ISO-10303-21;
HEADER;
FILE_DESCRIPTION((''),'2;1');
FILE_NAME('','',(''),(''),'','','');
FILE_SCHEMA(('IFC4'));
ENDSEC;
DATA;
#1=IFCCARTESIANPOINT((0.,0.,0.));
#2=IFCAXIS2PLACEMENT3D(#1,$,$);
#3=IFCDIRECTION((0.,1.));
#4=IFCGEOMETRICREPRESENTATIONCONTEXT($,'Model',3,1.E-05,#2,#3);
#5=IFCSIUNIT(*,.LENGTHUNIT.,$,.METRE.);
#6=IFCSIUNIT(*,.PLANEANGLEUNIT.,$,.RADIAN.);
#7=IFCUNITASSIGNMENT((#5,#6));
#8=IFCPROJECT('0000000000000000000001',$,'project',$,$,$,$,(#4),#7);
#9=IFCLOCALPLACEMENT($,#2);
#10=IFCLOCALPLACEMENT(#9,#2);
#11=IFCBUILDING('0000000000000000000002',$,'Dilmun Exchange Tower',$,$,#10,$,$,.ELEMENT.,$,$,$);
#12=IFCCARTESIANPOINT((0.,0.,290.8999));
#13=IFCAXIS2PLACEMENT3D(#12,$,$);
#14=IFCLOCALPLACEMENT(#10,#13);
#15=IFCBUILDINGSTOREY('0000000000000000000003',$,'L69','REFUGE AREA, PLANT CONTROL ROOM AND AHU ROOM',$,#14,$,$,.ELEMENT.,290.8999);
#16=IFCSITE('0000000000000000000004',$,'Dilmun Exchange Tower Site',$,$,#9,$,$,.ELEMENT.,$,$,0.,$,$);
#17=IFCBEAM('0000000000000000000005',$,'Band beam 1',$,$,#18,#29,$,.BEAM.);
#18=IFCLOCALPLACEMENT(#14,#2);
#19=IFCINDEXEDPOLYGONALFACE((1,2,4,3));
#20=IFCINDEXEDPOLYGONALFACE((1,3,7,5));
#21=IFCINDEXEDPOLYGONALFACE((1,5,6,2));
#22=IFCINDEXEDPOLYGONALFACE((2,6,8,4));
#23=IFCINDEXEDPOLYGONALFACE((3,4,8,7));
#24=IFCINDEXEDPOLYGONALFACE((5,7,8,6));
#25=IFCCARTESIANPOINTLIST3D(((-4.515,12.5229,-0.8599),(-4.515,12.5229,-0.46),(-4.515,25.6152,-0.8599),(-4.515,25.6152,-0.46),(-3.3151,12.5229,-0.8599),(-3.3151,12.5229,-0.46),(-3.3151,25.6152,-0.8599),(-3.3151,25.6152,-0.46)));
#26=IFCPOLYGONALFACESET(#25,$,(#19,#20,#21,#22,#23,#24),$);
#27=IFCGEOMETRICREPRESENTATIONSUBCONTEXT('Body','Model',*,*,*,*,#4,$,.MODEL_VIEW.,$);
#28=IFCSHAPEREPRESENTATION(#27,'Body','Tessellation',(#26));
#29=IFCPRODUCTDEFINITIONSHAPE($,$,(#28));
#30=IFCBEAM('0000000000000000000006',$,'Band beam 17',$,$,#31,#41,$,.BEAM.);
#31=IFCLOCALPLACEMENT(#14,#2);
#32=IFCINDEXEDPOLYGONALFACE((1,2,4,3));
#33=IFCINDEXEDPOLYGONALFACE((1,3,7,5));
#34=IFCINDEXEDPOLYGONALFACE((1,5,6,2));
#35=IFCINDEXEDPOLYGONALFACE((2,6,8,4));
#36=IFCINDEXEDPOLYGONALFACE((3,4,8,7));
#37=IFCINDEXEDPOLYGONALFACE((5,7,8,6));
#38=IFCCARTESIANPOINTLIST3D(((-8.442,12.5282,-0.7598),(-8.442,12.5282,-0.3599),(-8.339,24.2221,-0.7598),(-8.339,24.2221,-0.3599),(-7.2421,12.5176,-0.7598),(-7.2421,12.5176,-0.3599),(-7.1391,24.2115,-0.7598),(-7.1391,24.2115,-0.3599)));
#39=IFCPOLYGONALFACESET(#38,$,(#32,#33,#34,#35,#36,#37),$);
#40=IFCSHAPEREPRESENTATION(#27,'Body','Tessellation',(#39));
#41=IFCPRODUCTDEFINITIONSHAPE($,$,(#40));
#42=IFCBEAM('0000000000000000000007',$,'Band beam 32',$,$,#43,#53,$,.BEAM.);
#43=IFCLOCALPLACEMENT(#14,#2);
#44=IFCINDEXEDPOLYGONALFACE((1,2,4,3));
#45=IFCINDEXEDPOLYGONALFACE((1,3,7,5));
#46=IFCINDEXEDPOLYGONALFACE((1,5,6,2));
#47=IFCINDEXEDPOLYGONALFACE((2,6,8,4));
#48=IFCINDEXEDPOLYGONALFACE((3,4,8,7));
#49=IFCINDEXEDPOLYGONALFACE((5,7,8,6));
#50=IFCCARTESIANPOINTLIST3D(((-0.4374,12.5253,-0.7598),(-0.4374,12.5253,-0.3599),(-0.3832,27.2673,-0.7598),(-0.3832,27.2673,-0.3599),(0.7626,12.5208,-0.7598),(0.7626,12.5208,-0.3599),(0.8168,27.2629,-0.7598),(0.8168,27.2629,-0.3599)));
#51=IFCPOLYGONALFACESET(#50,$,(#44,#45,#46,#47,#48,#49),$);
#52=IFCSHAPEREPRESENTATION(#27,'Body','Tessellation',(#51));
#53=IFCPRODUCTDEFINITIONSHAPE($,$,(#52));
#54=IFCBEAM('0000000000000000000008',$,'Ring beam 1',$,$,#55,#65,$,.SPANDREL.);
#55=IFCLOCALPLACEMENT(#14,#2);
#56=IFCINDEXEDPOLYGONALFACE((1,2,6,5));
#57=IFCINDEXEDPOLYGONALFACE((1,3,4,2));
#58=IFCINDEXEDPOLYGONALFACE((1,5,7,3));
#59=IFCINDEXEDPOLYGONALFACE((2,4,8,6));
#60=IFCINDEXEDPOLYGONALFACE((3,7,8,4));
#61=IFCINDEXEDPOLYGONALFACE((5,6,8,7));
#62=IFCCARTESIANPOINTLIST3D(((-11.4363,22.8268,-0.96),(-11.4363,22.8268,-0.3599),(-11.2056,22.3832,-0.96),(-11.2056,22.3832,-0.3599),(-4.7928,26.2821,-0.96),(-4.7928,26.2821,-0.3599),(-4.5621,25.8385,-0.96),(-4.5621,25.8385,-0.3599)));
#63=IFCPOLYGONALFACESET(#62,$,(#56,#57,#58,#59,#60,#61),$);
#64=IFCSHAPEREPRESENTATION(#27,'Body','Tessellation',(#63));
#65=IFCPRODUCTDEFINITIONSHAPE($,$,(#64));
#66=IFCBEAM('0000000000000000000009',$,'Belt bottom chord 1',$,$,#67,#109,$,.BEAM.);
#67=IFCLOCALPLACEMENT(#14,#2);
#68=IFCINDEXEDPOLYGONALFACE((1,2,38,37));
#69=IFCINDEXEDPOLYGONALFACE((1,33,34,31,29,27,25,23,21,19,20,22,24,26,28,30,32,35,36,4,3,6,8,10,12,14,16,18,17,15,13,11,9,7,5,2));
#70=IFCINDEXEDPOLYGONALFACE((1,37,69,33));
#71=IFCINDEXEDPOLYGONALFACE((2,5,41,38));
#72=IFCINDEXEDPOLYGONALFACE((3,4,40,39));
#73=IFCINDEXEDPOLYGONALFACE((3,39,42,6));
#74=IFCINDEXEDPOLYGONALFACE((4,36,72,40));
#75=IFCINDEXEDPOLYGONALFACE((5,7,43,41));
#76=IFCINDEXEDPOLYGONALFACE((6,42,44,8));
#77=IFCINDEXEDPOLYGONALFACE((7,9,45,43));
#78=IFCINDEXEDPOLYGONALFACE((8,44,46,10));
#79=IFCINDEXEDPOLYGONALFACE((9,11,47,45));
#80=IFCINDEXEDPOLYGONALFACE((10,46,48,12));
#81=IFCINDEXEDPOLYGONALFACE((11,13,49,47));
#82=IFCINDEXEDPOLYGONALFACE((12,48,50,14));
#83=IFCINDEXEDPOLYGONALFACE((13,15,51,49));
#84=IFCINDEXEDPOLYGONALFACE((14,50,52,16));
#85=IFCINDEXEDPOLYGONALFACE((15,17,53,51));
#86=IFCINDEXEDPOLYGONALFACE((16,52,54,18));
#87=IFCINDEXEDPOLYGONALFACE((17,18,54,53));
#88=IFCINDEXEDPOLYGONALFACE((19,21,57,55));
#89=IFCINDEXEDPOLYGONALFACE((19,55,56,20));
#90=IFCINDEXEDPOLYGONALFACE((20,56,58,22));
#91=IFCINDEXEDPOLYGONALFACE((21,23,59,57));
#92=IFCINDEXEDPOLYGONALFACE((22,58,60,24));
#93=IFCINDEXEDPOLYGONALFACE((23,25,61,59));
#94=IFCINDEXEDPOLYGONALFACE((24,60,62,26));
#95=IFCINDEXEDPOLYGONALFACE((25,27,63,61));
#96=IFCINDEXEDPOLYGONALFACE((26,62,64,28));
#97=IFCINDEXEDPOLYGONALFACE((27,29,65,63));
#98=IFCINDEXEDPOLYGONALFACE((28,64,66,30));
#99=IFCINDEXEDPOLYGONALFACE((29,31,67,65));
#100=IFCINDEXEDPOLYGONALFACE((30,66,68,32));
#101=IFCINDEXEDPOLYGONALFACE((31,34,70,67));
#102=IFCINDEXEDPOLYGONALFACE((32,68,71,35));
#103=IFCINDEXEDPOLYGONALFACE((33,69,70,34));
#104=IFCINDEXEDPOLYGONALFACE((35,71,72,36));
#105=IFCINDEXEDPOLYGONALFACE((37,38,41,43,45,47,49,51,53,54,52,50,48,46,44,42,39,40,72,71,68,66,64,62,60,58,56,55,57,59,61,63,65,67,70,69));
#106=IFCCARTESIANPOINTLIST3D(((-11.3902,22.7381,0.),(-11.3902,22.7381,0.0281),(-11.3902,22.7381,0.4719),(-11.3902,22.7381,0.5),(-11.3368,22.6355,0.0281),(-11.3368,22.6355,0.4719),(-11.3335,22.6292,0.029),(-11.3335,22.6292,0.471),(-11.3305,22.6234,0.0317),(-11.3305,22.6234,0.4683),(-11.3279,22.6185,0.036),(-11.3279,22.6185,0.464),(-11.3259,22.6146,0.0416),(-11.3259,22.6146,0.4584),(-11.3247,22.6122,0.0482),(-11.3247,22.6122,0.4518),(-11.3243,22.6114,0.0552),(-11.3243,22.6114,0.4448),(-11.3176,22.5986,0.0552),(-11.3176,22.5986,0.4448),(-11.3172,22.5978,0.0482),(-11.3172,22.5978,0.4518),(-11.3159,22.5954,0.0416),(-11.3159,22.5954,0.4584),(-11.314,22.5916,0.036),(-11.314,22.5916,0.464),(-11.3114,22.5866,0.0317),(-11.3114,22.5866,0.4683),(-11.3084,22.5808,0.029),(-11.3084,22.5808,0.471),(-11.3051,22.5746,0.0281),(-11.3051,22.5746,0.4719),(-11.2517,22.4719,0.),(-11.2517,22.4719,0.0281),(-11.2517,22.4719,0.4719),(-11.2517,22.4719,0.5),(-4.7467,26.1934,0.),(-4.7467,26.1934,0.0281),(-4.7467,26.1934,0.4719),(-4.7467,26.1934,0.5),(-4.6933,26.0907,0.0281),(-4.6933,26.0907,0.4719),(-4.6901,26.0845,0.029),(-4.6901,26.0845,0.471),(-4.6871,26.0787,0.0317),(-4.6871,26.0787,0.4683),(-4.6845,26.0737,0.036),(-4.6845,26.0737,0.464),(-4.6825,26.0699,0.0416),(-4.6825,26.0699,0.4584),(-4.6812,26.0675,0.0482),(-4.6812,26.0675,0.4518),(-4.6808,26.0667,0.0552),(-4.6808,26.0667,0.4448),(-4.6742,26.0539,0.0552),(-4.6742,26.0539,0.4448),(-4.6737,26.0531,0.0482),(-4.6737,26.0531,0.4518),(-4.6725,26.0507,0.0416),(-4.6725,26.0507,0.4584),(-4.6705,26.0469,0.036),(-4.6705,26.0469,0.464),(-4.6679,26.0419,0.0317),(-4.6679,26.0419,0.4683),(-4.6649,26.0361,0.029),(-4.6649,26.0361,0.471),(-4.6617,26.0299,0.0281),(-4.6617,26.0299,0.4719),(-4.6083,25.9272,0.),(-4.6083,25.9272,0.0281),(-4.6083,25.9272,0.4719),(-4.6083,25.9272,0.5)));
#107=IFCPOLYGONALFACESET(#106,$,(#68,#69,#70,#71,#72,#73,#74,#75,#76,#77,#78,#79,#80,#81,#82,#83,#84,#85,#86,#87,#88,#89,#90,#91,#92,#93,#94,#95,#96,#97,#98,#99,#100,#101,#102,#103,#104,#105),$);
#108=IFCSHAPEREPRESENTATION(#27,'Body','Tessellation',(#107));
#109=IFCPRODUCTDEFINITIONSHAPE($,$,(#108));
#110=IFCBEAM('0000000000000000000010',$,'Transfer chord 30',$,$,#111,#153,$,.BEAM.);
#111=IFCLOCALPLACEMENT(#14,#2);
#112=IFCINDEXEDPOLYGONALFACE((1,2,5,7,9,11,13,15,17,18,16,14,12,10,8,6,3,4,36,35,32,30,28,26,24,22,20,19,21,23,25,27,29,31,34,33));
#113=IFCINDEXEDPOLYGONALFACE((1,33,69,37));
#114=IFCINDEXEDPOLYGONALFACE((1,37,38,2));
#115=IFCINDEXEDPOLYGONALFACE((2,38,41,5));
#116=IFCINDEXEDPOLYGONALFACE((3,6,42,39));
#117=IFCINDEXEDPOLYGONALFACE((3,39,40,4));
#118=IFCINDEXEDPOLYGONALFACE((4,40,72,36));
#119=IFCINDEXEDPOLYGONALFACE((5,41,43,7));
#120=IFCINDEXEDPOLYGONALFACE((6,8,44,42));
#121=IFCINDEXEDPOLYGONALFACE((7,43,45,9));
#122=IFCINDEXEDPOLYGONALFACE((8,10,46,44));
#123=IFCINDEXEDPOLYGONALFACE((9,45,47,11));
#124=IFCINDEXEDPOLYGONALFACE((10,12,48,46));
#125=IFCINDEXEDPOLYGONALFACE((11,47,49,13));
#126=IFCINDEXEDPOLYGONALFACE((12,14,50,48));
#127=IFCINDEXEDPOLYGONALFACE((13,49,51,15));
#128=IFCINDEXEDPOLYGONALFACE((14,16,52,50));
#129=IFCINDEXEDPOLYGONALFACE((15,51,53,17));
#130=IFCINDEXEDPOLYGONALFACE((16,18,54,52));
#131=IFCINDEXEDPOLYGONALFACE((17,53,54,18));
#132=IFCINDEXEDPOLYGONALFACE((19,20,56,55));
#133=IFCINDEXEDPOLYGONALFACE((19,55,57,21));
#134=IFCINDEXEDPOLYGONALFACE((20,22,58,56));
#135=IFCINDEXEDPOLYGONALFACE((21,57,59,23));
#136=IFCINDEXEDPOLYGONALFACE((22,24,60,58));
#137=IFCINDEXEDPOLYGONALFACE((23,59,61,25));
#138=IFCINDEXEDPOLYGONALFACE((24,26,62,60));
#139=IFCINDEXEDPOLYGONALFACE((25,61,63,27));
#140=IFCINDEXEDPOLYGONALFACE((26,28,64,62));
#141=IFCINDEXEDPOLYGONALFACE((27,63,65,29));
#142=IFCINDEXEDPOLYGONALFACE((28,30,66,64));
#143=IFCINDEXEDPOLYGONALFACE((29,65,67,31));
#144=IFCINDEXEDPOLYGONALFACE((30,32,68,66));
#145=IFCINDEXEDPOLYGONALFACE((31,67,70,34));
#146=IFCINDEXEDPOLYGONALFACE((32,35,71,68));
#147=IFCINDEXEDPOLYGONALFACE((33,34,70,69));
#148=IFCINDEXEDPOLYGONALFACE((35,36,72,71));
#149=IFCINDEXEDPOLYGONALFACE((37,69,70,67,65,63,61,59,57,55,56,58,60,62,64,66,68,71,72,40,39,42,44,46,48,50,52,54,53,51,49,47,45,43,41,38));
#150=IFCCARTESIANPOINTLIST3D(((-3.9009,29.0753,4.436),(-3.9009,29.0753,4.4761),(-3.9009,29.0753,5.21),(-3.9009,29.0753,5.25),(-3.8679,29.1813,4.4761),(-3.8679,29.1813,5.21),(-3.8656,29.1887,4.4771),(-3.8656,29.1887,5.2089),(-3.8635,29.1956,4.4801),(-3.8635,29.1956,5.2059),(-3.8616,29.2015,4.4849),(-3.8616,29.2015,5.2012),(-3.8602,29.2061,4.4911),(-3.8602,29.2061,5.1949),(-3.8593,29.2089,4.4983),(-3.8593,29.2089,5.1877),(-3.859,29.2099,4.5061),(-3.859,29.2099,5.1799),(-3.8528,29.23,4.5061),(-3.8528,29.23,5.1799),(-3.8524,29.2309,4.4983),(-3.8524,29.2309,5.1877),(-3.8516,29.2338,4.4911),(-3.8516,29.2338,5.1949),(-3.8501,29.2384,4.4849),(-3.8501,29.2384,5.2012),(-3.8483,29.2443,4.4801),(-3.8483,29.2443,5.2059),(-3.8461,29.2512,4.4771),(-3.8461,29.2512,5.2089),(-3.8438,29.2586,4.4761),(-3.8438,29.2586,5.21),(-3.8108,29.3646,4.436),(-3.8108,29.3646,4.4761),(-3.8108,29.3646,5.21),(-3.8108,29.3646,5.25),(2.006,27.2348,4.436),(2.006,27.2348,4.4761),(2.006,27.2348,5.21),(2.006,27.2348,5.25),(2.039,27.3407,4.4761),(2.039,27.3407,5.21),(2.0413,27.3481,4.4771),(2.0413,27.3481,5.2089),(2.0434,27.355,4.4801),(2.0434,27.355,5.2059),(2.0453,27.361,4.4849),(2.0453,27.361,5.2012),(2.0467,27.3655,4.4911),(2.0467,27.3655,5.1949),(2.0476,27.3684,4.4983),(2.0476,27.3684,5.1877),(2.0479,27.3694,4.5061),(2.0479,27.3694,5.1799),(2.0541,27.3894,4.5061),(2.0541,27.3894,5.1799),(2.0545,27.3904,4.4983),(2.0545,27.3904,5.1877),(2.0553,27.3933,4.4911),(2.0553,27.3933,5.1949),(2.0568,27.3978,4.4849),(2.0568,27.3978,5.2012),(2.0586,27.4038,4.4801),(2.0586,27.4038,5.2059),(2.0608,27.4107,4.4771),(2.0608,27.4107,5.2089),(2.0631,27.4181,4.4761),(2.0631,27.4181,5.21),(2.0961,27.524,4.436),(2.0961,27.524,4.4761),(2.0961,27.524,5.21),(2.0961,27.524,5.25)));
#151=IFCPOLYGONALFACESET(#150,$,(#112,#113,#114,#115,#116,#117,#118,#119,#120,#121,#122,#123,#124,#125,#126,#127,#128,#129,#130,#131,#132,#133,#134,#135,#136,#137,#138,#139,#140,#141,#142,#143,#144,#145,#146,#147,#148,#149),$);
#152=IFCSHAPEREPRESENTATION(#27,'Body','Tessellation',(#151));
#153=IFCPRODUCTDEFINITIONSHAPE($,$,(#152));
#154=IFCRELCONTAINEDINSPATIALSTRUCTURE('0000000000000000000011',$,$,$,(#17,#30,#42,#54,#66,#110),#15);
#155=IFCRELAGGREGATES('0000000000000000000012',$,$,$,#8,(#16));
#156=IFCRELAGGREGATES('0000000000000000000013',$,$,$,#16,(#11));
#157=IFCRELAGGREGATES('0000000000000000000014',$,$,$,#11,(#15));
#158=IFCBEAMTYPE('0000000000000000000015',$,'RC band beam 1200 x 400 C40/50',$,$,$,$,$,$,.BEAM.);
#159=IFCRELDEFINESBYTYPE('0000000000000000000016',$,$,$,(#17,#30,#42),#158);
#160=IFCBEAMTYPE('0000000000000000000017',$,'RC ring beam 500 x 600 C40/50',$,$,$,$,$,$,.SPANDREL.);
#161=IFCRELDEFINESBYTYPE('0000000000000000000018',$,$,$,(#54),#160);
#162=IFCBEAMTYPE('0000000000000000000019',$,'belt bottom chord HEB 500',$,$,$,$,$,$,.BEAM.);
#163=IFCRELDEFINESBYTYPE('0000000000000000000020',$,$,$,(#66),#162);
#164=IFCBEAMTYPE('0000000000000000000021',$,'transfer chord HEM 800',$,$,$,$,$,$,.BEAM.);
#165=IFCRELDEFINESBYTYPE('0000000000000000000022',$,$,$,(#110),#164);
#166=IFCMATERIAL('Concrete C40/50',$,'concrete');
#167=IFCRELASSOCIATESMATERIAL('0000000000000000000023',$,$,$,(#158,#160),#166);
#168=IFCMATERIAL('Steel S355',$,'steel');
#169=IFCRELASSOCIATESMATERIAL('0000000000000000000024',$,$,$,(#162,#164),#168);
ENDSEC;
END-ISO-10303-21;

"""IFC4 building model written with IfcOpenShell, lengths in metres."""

from ifc_helpers import new_model, si_unit, direction, frame, origin, origin_2d, place, context, subcontext, project, spatial, rectangle, i_section, extrude, material, material_profile, profile_set, type_object, element, save


model = new_model("IFC4")

# Units and contexts
model_context = context("Model", 3, precision=1e-05, world=origin(), true_north=direction((0.0, 1.0)))
body_context = subcontext(model_context, "Body", "Model", "MODEL_VIEW")
ifc_project = project(units=[si_unit("LENGTHUNIT", "METRE"), si_unit("PLANEANGLEUNIT", "RADIAN")], contexts=[model_context])

# Site, building, storey
site_placement = place(None, origin())
site = spatial("IfcSite", under=ifc_project, at=site_placement, Name="Dilmun Exchange Tower Site", CompositionType="ELEMENT", RefElevation=0.0)
building_placement = place(site_placement, origin())
building = spatial("IfcBuilding", under=site, at=building_placement, Name="Dilmun Exchange Tower", CompositionType="ELEMENT")
storey_placement = place(building_placement, frame((0.0, 0.0, 290.8999)))
storey = spatial("IfcBuildingStorey", under=building, at=storey_placement, Name="L69", Description="REFUGE AREA, PLANT CONTROL ROOM AND AHU ROOM", CompositionType="ELEMENT", Elevation=290.8999)

# Beams
ifc_material_1 = material(Name="Concrete C40/50", Category="concrete")
ifc_material_profile_1 = material_profile(ifc_material_1, rectangle(XDim=1.2, YDim=0.3999, at=origin_2d()), Name="1200 x 400")
ifc_profile_set_1 = profile_set([ifc_material_profile_1], Name="Concrete C40/50")
beam_type_1 = type_object("IfcBeamType", Name="RC band beam 1200 x 400 C40/50", PredefinedType="BEAM", material=ifc_profile_set_1)
beam_1_placement = place(storey_placement, frame((-3.915, 25.6152, -0.6599), z_axis=(0.0, -1.0, 0.0), x_axis=(1.0, 0.0, 0.0)))
element("IfcBeam", 1, at=beam_1_placement, inside=storey, type_object=beam_type_1, Name="Band beam 1", PredefinedType="BEAM", context=body_context, shape_type="SweptSolid", body=[
    extrude(rectangle(XDim=1.2, YDim=0.3999, at=origin_2d()), origin(), (0.0, 0.0, 1.0), 13.0923),
])
beam_2_placement = place(storey_placement, frame((-7.739, 24.2168, -0.5598), z_axis=(-0.00881, -0.999961, 0.0), x_axis=(0.999961, -0.00881, 0.0)))
element("IfcBeam", 2, at=beam_2_placement, inside=storey, type_object=beam_type_1, Name="Band beam 17", PredefinedType="BEAM", context=body_context, shape_type="SweptSolid", body=[
    extrude(rectangle(XDim=1.2, YDim=0.3999, at=origin_2d()), origin(), (0.0, 0.0, 1.0), 11.6943),
])
beam_3_placement = place(storey_placement, frame((0.2168, 27.2651, -0.5598), z_axis=(-0.003676, -0.999993, 0.0), x_axis=(0.999993, -0.003676, 0.0)))
element("IfcBeam", 3, at=beam_3_placement, inside=storey, type_object=beam_type_1, Name="Band beam 32", PredefinedType="BEAM", context=body_context, shape_type="SweptSolid", body=[
    extrude(rectangle(XDim=1.2, YDim=0.3999, at=origin_2d()), origin(), (0.0, 0.0, 1.0), 14.7422),
])
ifc_material_profile_2 = material_profile(ifc_material_1, rectangle(XDim=0.5, YDim=0.6001, at=origin_2d()), Name="500 x 600")
ifc_profile_set_2 = profile_set([ifc_material_profile_2], Name="Concrete C40/50")
beam_type_2 = type_object("IfcBeamType", Name="RC ring beam 500 x 600 C40/50", PredefinedType="SPANDREL", material=ifc_profile_set_2)
beam_4_placement = place(storey_placement, frame((-4.6775, 26.0603, -0.6599), z_axis=(-0.88718, -0.461424, 0.0), x_axis=(0.461424, -0.88718, 0.0)))
element("IfcBeam", 4, at=beam_4_placement, inside=storey, type_object=beam_type_2, Name="Ring beam 1", PredefinedType="SPANDREL", context=body_context, shape_type="SweptSolid", body=[
    extrude(rectangle(XDim=0.5, YDim=0.6001, at=origin_2d()), origin(), (0.0, 0.0, 1.0), 7.4883),
])
ifc_material_2 = material(Name="Steel S355", Category="steel")
ifc_material_profile_3 = material_profile(ifc_material_2, i_section(OverallWidth=0.3, OverallDepth=0.5, WebThickness=0.0144, FlangeThickness=0.0281, FilletRadius=0.0271, at=origin_2d()), Name="HEB 500")
ifc_profile_set_3 = profile_set([ifc_material_profile_3], Name="Steel S355")
beam_type_3 = type_object("IfcBeamType", Name="belt bottom chord HEB 500", PredefinedType="BEAM", material=ifc_profile_set_3)
beam_5_placement = place(storey_placement, frame((-4.6775, 26.0603, 0.25), z_axis=(-0.88718, -0.461424, 0.0), x_axis=(0.461424, -0.88718, 0.0)))
element("IfcBeam", 5, at=beam_5_placement, inside=storey, type_object=beam_type_3, Name="Belt bottom chord 1", PredefinedType="BEAM", context=body_context, shape_type="SweptSolid", body=[
    extrude(i_section(OverallWidth=0.3, OverallDepth=0.5, WebThickness=0.0144, FlangeThickness=0.0281, FilletRadius=0.0271, at=origin_2d()), origin(), (0.0, 0.0, 1.0), 7.4883),
])
ifc_material_profile_4 = material_profile(ifc_material_2, i_section(OverallWidth=0.303, OverallDepth=0.814, WebThickness=0.021, FlangeThickness=0.04, FilletRadius=0.03, at=origin_2d()), Name="HEM 800")
ifc_profile_set_4 = profile_set([ifc_material_profile_4], Name="Steel S355")
beam_type_4 = type_object("IfcBeamType", Name="transfer chord HEM 800", PredefinedType="BEAM", material=ifc_profile_set_4)
beam_6_placement = place(storey_placement, frame((2.051, 27.3794, 4.843), z_axis=(-0.954726, 0.297486, 0.0), x_axis=(-0.297486, -0.954726, 0.0)))
element("IfcBeam", 6, at=beam_6_placement, inside=storey, type_object=beam_type_4, Name="Transfer chord 30", PredefinedType="BEAM", context=body_context, shape_type="SweptSolid", body=[
    extrude(i_section(OverallWidth=0.303, OverallDepth=0.814, WebThickness=0.021, FlangeThickness=0.04, FilletRadius=0.03, at=origin_2d()), origin(), (0.0, 0.0, 1.0), 6.187),
])

save(model, "model.ifc")
